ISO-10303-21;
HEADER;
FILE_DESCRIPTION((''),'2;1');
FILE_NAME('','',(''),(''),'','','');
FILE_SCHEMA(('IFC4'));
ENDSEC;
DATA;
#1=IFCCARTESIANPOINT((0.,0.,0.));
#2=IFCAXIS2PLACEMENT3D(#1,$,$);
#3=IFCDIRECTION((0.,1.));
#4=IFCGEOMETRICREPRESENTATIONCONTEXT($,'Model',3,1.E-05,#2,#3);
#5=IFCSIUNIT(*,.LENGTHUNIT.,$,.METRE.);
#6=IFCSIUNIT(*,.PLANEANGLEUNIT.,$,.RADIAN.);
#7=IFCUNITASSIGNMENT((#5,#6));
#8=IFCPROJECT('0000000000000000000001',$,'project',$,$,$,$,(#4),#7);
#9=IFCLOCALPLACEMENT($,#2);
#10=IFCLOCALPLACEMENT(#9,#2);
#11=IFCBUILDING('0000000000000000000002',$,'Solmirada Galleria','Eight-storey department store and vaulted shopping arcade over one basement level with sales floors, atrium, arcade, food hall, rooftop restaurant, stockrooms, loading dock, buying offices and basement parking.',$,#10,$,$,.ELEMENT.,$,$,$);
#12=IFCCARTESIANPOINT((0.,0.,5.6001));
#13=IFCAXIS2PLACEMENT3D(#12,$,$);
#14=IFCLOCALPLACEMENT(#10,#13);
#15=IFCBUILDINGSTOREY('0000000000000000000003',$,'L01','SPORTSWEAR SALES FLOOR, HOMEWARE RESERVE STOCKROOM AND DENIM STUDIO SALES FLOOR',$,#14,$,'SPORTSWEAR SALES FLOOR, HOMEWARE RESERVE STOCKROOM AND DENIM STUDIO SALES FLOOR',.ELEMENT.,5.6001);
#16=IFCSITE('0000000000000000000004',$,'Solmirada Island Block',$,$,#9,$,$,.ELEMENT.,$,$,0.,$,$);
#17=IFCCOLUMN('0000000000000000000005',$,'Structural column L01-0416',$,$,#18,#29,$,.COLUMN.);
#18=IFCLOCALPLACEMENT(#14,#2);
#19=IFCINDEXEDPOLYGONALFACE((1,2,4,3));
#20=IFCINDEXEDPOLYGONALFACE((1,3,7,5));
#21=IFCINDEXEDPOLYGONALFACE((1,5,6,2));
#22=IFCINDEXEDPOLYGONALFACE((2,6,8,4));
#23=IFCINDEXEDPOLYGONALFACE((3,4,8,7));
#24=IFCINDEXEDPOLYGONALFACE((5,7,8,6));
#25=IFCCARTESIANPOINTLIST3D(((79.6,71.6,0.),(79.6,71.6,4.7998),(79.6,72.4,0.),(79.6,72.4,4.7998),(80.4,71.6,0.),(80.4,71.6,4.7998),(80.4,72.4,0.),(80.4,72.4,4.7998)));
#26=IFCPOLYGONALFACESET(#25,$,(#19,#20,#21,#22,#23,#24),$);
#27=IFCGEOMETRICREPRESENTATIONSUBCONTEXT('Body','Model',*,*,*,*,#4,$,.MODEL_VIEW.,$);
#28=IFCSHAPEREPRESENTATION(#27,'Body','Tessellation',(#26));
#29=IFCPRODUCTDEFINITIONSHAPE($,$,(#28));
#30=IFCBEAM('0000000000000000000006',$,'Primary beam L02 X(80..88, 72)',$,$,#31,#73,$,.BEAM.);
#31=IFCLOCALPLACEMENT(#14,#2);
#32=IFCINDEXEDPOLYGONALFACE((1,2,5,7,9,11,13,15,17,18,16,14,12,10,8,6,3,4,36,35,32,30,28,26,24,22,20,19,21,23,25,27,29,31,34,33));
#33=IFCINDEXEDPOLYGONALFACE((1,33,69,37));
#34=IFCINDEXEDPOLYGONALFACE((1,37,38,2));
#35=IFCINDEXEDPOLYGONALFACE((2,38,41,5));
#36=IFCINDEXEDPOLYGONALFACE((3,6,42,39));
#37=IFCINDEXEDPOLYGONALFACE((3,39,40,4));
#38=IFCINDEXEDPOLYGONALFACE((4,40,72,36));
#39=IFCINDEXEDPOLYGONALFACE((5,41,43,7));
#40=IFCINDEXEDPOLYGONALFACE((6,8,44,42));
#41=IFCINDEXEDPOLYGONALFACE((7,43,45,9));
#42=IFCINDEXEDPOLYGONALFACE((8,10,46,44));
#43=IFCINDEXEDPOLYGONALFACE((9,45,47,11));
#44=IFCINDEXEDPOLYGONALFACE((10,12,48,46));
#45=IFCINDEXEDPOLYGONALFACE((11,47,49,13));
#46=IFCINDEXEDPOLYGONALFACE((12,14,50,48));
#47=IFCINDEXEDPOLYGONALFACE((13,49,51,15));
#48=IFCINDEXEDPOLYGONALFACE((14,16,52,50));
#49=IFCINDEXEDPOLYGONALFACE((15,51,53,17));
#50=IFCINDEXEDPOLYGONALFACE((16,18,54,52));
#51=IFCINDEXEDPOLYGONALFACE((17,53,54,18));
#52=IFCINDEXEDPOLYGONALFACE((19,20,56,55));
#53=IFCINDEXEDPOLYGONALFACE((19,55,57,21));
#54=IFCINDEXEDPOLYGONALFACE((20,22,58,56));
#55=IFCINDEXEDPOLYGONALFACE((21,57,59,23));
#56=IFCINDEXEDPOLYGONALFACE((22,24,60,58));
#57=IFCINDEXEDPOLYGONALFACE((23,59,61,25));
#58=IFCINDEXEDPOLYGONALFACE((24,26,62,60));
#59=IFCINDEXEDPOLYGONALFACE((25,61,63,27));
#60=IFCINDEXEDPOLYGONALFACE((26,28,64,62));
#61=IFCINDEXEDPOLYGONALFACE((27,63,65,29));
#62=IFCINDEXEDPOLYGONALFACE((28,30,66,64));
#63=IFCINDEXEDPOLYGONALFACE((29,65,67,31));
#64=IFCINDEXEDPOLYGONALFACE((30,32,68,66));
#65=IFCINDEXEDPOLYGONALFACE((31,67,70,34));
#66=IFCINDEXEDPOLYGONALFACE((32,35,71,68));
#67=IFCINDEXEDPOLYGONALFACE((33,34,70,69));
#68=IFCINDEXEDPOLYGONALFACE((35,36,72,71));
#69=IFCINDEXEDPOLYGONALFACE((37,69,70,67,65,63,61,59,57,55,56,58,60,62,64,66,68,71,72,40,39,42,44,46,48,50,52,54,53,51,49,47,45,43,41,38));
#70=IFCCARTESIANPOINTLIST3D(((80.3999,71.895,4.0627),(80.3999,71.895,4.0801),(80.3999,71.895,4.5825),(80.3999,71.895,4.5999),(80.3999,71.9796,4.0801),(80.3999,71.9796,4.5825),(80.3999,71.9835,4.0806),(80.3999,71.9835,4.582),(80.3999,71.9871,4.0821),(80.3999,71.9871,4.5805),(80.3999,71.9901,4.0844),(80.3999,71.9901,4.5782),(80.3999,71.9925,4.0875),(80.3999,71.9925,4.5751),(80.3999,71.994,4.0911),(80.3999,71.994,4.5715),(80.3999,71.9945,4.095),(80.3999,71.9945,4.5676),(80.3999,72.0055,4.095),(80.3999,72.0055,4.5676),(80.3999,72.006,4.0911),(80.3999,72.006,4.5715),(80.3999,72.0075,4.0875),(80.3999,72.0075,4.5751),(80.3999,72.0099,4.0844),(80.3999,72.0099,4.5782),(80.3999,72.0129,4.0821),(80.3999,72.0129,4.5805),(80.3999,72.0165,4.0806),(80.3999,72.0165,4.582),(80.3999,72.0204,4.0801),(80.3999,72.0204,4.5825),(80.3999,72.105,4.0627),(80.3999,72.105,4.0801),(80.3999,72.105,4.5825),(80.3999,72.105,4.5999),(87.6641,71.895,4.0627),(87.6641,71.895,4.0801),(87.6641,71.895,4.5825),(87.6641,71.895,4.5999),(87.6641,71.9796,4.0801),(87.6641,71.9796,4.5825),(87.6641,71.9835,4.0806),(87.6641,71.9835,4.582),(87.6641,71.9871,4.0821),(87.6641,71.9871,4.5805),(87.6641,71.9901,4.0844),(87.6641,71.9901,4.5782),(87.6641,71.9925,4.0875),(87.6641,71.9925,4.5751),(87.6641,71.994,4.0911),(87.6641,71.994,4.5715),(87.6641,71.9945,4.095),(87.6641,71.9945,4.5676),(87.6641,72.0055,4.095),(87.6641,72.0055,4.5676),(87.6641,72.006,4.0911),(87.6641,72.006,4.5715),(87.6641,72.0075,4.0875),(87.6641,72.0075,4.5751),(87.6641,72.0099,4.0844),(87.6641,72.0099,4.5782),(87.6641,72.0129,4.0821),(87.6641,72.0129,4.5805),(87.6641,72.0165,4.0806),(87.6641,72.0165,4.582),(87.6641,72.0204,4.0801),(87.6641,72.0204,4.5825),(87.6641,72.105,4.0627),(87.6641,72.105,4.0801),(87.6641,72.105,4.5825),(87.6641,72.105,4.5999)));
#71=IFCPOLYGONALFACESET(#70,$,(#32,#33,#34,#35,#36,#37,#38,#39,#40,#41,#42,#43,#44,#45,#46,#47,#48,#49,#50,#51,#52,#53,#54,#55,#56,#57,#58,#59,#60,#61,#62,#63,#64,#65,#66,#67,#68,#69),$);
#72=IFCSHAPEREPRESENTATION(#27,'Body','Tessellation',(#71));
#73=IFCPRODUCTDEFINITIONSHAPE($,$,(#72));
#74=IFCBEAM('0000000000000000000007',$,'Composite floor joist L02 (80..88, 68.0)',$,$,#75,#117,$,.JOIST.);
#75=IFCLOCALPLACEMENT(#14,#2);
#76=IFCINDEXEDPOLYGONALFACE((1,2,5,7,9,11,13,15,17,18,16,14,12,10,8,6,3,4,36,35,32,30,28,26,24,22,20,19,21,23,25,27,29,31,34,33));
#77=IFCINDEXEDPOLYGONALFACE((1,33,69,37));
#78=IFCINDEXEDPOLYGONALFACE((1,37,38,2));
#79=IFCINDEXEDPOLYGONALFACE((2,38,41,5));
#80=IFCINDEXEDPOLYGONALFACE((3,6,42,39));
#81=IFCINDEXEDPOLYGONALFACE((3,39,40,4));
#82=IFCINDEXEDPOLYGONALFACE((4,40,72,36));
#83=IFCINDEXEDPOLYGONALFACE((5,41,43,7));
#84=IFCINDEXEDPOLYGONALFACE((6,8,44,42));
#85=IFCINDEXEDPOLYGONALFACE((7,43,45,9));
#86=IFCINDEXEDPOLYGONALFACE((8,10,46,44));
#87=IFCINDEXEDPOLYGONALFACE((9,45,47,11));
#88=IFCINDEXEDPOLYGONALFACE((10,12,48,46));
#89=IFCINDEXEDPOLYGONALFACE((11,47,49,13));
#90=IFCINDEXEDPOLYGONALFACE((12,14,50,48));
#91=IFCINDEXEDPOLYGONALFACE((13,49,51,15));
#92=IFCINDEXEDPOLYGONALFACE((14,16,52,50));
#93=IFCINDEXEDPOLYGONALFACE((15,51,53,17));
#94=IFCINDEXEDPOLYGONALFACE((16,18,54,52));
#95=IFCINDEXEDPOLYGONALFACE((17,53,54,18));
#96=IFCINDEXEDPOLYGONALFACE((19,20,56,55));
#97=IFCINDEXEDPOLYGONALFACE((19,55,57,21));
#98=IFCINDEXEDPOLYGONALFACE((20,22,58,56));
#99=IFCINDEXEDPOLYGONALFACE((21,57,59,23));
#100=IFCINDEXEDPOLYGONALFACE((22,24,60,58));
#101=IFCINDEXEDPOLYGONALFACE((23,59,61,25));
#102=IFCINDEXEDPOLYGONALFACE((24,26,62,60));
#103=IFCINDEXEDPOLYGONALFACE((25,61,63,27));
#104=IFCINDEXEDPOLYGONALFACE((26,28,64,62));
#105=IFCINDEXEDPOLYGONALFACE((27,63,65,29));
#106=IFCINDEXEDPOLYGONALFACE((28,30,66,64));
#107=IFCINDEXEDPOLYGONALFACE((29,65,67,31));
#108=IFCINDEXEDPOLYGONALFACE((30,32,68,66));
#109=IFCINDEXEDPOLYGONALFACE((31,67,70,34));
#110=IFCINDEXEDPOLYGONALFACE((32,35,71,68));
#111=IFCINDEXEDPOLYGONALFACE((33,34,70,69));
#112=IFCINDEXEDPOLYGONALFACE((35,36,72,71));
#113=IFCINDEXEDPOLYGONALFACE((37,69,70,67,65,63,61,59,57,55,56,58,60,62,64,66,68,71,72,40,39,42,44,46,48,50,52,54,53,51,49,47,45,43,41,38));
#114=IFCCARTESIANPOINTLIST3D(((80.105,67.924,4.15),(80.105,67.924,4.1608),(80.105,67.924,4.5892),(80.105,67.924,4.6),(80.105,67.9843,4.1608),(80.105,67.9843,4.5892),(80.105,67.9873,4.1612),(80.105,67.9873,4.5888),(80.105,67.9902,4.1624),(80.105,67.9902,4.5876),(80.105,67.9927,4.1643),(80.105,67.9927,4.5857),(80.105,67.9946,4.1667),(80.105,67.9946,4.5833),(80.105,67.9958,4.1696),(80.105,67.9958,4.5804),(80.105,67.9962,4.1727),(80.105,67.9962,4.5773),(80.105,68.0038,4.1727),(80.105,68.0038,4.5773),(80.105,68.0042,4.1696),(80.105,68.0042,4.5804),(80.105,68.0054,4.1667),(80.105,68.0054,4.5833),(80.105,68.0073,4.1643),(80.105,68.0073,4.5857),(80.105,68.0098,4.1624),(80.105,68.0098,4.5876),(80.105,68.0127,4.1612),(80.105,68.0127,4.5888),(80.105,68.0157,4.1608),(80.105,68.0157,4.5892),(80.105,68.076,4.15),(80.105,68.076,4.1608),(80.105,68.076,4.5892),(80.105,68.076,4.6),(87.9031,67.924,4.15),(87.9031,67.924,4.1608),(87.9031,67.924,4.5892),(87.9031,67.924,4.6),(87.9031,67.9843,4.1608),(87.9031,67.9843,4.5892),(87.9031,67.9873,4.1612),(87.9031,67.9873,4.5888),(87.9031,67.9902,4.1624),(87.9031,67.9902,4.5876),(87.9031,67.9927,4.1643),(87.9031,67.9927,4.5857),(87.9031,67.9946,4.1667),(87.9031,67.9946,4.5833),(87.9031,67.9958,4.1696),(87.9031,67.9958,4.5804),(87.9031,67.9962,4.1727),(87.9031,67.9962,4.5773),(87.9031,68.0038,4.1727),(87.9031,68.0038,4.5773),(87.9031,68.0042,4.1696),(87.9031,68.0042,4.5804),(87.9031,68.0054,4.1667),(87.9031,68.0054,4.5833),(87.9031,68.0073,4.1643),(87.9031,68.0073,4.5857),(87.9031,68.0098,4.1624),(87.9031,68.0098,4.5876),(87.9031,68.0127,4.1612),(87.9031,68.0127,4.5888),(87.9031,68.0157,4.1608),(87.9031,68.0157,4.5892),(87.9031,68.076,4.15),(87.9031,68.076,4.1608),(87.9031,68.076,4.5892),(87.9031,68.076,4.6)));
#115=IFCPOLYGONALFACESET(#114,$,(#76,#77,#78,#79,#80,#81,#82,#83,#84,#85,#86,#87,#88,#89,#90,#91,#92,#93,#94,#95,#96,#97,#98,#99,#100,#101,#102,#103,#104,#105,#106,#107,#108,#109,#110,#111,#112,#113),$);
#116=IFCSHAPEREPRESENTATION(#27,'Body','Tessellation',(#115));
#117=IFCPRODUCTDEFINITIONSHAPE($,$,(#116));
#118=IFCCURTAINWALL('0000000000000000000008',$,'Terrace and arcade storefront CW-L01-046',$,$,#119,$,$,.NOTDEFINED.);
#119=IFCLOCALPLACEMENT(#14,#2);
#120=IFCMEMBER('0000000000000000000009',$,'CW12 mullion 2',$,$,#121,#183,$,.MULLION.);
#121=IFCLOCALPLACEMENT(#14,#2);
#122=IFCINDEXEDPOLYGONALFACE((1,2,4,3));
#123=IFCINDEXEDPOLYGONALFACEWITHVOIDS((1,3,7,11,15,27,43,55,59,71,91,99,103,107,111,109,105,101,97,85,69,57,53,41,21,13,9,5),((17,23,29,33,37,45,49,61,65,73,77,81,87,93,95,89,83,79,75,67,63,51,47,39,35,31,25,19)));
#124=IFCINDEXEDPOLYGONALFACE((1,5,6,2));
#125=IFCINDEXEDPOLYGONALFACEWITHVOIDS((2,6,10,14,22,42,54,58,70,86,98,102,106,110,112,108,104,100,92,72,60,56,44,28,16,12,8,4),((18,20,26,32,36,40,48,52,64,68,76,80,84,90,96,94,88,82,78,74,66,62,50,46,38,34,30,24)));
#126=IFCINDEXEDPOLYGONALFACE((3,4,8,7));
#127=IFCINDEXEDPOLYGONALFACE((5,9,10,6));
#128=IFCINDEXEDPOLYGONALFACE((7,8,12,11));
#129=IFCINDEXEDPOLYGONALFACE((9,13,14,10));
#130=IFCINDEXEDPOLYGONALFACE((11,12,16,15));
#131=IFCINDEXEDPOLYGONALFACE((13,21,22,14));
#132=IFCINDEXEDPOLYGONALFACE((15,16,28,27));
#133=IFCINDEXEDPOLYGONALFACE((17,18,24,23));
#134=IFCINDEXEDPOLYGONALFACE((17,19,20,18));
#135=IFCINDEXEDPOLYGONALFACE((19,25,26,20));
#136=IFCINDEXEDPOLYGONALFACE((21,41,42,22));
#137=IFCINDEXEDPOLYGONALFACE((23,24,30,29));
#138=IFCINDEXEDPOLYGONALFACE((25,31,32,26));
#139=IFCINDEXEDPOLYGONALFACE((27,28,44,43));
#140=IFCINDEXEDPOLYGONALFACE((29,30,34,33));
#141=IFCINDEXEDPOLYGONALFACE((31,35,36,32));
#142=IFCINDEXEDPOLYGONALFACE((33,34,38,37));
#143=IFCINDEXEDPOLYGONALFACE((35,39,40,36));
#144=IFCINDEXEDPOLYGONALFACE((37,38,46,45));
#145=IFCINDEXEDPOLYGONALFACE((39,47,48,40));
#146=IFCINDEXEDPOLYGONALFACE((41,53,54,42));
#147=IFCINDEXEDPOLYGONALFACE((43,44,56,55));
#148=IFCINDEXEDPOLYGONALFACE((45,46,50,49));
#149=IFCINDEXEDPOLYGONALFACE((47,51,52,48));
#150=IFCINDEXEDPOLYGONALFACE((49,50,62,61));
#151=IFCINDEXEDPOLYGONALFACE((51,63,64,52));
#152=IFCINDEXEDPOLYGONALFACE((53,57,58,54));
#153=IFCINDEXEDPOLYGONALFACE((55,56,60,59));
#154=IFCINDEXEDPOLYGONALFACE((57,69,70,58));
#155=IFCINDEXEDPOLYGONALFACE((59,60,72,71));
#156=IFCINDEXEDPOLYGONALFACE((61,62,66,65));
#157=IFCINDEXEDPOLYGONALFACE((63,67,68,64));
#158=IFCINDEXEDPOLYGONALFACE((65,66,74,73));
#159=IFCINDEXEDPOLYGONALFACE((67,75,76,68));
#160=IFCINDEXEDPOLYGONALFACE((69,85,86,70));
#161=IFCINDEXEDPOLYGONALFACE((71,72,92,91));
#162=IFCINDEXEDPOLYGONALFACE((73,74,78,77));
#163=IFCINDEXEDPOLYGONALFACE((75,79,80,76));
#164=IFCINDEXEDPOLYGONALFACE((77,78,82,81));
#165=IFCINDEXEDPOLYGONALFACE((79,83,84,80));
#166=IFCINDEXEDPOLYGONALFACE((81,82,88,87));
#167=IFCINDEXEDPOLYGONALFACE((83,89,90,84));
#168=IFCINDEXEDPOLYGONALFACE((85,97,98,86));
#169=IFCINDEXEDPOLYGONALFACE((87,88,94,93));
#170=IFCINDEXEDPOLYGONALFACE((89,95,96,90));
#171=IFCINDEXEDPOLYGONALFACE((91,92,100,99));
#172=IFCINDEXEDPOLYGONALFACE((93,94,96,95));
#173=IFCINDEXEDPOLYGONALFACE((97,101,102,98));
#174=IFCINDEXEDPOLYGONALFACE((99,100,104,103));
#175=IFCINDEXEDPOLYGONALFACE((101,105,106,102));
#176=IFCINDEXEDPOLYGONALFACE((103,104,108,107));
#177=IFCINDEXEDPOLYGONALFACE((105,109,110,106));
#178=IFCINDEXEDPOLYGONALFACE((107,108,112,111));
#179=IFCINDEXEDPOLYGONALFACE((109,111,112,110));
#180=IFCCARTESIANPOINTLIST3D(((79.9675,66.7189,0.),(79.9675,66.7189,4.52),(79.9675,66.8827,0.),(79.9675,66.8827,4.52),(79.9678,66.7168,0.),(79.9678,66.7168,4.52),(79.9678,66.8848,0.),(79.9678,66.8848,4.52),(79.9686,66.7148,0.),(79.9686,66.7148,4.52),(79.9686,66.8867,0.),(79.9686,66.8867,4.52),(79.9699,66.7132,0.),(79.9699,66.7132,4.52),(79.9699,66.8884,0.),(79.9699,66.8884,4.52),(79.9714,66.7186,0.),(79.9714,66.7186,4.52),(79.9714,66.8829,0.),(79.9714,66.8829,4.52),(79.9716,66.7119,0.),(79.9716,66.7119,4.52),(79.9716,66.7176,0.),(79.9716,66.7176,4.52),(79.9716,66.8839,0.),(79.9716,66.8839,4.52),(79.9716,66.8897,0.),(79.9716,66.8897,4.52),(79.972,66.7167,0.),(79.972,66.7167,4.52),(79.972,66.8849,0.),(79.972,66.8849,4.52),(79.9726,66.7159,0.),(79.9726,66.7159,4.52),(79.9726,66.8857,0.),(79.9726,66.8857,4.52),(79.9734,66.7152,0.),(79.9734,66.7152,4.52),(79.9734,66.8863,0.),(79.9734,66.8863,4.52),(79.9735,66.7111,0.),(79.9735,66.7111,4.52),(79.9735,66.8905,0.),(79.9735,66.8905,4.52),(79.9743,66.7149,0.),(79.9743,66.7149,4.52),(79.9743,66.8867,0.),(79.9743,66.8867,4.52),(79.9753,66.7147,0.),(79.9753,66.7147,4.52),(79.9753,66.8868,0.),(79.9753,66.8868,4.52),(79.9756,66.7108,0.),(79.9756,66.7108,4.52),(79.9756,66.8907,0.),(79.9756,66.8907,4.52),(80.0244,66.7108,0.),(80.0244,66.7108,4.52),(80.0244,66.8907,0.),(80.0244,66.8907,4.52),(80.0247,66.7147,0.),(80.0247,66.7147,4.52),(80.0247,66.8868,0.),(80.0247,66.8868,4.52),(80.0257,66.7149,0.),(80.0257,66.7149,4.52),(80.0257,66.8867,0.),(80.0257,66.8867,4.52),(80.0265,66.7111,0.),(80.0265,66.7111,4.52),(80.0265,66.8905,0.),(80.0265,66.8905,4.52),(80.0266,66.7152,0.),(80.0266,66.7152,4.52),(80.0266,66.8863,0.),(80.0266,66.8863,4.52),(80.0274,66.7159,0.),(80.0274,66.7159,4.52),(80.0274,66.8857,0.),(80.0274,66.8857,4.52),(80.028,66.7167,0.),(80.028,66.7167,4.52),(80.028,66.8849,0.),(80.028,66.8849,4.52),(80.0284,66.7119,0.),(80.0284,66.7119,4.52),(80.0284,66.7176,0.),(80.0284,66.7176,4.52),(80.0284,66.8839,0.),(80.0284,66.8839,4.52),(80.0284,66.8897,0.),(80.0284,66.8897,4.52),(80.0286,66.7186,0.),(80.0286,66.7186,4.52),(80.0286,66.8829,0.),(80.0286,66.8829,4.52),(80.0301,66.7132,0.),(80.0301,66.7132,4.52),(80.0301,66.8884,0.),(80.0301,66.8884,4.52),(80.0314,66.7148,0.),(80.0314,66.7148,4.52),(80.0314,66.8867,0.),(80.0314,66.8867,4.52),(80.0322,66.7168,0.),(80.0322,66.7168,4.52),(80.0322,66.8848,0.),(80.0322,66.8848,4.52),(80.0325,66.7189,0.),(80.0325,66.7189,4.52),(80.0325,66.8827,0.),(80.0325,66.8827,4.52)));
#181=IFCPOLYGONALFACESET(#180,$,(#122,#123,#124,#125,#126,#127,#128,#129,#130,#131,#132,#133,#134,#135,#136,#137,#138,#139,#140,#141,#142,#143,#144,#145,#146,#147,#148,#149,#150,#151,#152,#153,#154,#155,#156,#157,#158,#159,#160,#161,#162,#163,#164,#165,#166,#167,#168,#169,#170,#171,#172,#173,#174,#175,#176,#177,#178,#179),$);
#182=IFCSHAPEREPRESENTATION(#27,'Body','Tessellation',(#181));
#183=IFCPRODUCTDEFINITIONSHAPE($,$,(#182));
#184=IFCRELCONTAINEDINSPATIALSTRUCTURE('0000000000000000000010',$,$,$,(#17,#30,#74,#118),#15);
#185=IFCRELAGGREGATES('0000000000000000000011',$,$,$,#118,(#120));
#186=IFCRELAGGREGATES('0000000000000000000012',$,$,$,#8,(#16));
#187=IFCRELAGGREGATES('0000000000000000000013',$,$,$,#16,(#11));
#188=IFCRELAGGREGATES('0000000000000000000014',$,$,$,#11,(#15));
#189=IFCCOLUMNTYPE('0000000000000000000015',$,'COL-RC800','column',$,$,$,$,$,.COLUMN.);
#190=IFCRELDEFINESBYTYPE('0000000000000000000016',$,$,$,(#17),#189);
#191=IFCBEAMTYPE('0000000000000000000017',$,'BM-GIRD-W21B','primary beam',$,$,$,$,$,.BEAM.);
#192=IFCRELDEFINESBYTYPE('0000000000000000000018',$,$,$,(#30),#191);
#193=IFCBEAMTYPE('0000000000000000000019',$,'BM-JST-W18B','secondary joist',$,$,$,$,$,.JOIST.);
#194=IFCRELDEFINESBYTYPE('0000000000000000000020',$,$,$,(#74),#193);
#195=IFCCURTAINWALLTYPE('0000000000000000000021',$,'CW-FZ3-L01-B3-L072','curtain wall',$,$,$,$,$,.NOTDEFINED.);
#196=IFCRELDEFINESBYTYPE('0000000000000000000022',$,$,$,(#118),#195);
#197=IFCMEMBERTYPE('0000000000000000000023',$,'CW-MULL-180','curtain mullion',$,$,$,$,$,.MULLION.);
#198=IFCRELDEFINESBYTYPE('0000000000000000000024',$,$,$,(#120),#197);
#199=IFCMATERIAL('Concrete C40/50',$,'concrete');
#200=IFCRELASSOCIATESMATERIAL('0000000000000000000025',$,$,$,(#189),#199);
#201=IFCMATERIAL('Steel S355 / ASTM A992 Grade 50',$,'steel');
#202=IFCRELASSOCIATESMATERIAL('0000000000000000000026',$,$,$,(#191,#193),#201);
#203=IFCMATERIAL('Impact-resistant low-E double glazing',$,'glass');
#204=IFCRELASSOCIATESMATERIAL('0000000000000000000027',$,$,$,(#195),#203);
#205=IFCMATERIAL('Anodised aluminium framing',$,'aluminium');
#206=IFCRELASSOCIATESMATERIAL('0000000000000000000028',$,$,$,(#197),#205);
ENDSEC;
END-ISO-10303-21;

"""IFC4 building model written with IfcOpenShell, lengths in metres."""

from ifc_helpers import new_model, si_unit, direction, frame, origin, origin_2d, place, context, subcontext, project, spatial, rectangle, hollow_rectangle, i_section, extrude, material, material_profile, profile_set, type_object, element, aggregate, save


model = new_model("IFC4")

# Units and contexts
model_context = context("Model", 3, precision=1e-05, world=origin(), true_north=direction((0.0, 1.0)))
body_context = subcontext(model_context, "Body", "Model", "MODEL_VIEW")
ifc_project = project(units=[si_unit("LENGTHUNIT", "METRE"), si_unit("PLANEANGLEUNIT", "RADIAN")], contexts=[model_context])

# Site, building, storey
site_placement = place(None, origin())
site = spatial("IfcSite", under=ifc_project, at=site_placement, Name="Solmirada Island Block", CompositionType="ELEMENT", RefElevation=0.0)
building_placement = place(site_placement, origin())
building = spatial("IfcBuilding", under=site, at=building_placement, Name="Solmirada Galleria", Description="Eight-storey department store and vaulted shopping arcade over one basement level with sales floors, atrium, arcade, food hall, rooftop restaurant, stockrooms, loading dock, buying offices and basement parking.", CompositionType="ELEMENT")
storey_placement = place(building_placement, frame((0.0, 0.0, 5.6001)))
storey = spatial("IfcBuildingStorey", under=building, at=storey_placement, Name="L01", Description="SPORTSWEAR SALES FLOOR, HOMEWARE RESERVE STOCKROOM AND DENIM STUDIO SALES FLOOR", LongName="SPORTSWEAR SALES FLOOR, HOMEWARE RESERVE STOCKROOM AND DENIM STUDIO SALES FLOOR", CompositionType="ELEMENT", Elevation=5.6001)

# Column
ifc_material_1 = material(Name="Concrete C40/50", Category="concrete")
ifc_material_profile_1 = material_profile(ifc_material_1, rectangle(XDim=0.8, YDim=0.8, at=origin_2d()), Name="RC800X800")
ifc_profile_set_1 = profile_set([ifc_material_profile_1], Name="Concrete C40/50")
column_type = type_object("IfcColumnType", Name="COL-RC800", Description="column", PredefinedType="COLUMN", material=ifc_profile_set_1)
column_placement = place(storey_placement, frame((80.0, 72.0, 0.0), z_axis=(0.0, 0.0, 1.0), x_axis=(1.0, 0.0, 0.0)))
element("IfcColumn", 1, at=column_placement, inside=storey, type_object=column_type, Name="Structural column L01-0416", PredefinedType="COLUMN", context=body_context, shape_type="SweptSolid", body=[
    extrude(rectangle(XDim=0.8, YDim=0.8, at=origin_2d()), origin(), (0.0, 0.0, 1.0), 4.7998),
])

# Beams
ifc_material_2 = material(Name="Steel S355 / ASTM A992 Grade 50", Category="steel")
ifc_material_profile_2 = material_profile(ifc_material_2, i_section(OverallWidth=0.21, OverallDepth=0.5371, WebThickness=0.011, FlangeThickness=0.0173, FilletRadius=0.0149, at=origin_2d()), Name="W21X68")
ifc_profile_set_2 = profile_set([ifc_material_profile_2], Name="Steel S355 / ASTM A992 Grade 50")
beam_type_1 = type_object("IfcBeamType", Name="BM-GIRD-W21B", Description="primary beam", PredefinedType="BEAM", material=ifc_profile_set_2)
beam_1_placement = place(storey_placement, frame((80.3999, 72.0, 4.3313), z_axis=(1.0, 0.0, 0.0), x_axis=(0.0, 1.0, 0.0)))
element("IfcBeam", 2, at=beam_1_placement, inside=storey, type_object=beam_type_1, Name="Primary beam L02 X(80..88, 72)", PredefinedType="BEAM", context=body_context, shape_type="SweptSolid", body=[
    extrude(i_section(OverallWidth=0.21, OverallDepth=0.5371, WebThickness=0.011, FlangeThickness=0.0173, FilletRadius=0.0149, at=origin_2d()), origin(), (0.0, 0.0, 1.0), 7.2642),
])
ifc_material_profile_3 = material_profile(ifc_material_2, i_section(OverallWidth=0.1521, OverallDepth=0.45, WebThickness=0.0076, FlangeThickness=0.0107, FilletRadius=0.012, at=origin_2d()), Name="W18X35")
ifc_profile_set_3 = profile_set([ifc_material_profile_3], Name="Steel S355 / ASTM A992 Grade 50")
beam_type_2 = type_object("IfcBeamType", Name="BM-JST-W18B", Description="secondary joist", PredefinedType="JOIST", material=ifc_profile_set_3)
beam_2_placement = place(storey_placement, frame((80.105, 68.0, 4.375), z_axis=(1.0, 0.0, 0.0), x_axis=(0.0, 1.0, 0.0)))
element("IfcBeam", 3, at=beam_2_placement, inside=storey, type_object=beam_type_2, Name="Composite floor joist L02 (80..88, 68.0)", PredefinedType="JOIST", context=body_context, shape_type="SweptSolid", body=[
    extrude(i_section(OverallWidth=0.1521, OverallDepth=0.45, WebThickness=0.0076, FlangeThickness=0.0107, FilletRadius=0.012, at=origin_2d()), origin(), (0.0, 0.0, 1.0), 7.7981),
])

# Curtain wall, member
ifc_material_3 = material(Name="Impact-resistant low-E double glazing", Category="glass")
curtain_wall_type_1 = type_object("IfcCurtainWallType", Name="CW-FZ3-L01-B3-L072", Description="curtain wall", PredefinedType="NOTDEFINED", material=ifc_material_3)
curtain_wall_1_placement = place(storey_placement, origin())
curtain_wall_1 = element("IfcCurtainWall", 4, at=curtain_wall_1_placement, inside=storey, type_object=curtain_wall_type_1, Name="Terrace and arcade storefront CW-L01-046", PredefinedType="NOTDEFINED")
ifc_material_4 = material(Name="Anodised aluminium framing", Category="aluminium")
ifc_material_profile_4 = material_profile(ifc_material_4, hollow_rectangle(XDim=0.0649, YDim=0.1799, WallThickness=0.0039, InnerFilletRadius=0.0039, OuterFilletRadius=0.0081, at=origin_2d()), Name="ALU-MULL-180X65")
ifc_profile_set_4 = profile_set([ifc_material_profile_4], Name="Anodised aluminium framing")
member_type_1 = type_object("IfcMemberType", Name="CW-MULL-180", Description="curtain mullion", PredefinedType="MULLION", material=ifc_profile_set_4)
member_1_placement = place(storey_placement, frame((80.0, 66.8008, 0.0), z_axis=(0.0, 0.0, 1.0), x_axis=(-1.0, 0.0, 0.0)))
member_1 = element("IfcMember", 5, at=member_1_placement, type_object=member_type_1, Name="CW12 mullion 2", PredefinedType="MULLION", context=body_context, shape_type="SweptSolid", body=[
    extrude(hollow_rectangle(XDim=0.0649, YDim=0.1799, WallThickness=0.0039, InnerFilletRadius=0.0039, OuterFilletRadius=0.0081, at=origin_2d()), origin(), (0.0, 0.0, 1.0), 4.52),
])

aggregate(curtain_wall_1, [member_1])

save(model, "model.ifc")
